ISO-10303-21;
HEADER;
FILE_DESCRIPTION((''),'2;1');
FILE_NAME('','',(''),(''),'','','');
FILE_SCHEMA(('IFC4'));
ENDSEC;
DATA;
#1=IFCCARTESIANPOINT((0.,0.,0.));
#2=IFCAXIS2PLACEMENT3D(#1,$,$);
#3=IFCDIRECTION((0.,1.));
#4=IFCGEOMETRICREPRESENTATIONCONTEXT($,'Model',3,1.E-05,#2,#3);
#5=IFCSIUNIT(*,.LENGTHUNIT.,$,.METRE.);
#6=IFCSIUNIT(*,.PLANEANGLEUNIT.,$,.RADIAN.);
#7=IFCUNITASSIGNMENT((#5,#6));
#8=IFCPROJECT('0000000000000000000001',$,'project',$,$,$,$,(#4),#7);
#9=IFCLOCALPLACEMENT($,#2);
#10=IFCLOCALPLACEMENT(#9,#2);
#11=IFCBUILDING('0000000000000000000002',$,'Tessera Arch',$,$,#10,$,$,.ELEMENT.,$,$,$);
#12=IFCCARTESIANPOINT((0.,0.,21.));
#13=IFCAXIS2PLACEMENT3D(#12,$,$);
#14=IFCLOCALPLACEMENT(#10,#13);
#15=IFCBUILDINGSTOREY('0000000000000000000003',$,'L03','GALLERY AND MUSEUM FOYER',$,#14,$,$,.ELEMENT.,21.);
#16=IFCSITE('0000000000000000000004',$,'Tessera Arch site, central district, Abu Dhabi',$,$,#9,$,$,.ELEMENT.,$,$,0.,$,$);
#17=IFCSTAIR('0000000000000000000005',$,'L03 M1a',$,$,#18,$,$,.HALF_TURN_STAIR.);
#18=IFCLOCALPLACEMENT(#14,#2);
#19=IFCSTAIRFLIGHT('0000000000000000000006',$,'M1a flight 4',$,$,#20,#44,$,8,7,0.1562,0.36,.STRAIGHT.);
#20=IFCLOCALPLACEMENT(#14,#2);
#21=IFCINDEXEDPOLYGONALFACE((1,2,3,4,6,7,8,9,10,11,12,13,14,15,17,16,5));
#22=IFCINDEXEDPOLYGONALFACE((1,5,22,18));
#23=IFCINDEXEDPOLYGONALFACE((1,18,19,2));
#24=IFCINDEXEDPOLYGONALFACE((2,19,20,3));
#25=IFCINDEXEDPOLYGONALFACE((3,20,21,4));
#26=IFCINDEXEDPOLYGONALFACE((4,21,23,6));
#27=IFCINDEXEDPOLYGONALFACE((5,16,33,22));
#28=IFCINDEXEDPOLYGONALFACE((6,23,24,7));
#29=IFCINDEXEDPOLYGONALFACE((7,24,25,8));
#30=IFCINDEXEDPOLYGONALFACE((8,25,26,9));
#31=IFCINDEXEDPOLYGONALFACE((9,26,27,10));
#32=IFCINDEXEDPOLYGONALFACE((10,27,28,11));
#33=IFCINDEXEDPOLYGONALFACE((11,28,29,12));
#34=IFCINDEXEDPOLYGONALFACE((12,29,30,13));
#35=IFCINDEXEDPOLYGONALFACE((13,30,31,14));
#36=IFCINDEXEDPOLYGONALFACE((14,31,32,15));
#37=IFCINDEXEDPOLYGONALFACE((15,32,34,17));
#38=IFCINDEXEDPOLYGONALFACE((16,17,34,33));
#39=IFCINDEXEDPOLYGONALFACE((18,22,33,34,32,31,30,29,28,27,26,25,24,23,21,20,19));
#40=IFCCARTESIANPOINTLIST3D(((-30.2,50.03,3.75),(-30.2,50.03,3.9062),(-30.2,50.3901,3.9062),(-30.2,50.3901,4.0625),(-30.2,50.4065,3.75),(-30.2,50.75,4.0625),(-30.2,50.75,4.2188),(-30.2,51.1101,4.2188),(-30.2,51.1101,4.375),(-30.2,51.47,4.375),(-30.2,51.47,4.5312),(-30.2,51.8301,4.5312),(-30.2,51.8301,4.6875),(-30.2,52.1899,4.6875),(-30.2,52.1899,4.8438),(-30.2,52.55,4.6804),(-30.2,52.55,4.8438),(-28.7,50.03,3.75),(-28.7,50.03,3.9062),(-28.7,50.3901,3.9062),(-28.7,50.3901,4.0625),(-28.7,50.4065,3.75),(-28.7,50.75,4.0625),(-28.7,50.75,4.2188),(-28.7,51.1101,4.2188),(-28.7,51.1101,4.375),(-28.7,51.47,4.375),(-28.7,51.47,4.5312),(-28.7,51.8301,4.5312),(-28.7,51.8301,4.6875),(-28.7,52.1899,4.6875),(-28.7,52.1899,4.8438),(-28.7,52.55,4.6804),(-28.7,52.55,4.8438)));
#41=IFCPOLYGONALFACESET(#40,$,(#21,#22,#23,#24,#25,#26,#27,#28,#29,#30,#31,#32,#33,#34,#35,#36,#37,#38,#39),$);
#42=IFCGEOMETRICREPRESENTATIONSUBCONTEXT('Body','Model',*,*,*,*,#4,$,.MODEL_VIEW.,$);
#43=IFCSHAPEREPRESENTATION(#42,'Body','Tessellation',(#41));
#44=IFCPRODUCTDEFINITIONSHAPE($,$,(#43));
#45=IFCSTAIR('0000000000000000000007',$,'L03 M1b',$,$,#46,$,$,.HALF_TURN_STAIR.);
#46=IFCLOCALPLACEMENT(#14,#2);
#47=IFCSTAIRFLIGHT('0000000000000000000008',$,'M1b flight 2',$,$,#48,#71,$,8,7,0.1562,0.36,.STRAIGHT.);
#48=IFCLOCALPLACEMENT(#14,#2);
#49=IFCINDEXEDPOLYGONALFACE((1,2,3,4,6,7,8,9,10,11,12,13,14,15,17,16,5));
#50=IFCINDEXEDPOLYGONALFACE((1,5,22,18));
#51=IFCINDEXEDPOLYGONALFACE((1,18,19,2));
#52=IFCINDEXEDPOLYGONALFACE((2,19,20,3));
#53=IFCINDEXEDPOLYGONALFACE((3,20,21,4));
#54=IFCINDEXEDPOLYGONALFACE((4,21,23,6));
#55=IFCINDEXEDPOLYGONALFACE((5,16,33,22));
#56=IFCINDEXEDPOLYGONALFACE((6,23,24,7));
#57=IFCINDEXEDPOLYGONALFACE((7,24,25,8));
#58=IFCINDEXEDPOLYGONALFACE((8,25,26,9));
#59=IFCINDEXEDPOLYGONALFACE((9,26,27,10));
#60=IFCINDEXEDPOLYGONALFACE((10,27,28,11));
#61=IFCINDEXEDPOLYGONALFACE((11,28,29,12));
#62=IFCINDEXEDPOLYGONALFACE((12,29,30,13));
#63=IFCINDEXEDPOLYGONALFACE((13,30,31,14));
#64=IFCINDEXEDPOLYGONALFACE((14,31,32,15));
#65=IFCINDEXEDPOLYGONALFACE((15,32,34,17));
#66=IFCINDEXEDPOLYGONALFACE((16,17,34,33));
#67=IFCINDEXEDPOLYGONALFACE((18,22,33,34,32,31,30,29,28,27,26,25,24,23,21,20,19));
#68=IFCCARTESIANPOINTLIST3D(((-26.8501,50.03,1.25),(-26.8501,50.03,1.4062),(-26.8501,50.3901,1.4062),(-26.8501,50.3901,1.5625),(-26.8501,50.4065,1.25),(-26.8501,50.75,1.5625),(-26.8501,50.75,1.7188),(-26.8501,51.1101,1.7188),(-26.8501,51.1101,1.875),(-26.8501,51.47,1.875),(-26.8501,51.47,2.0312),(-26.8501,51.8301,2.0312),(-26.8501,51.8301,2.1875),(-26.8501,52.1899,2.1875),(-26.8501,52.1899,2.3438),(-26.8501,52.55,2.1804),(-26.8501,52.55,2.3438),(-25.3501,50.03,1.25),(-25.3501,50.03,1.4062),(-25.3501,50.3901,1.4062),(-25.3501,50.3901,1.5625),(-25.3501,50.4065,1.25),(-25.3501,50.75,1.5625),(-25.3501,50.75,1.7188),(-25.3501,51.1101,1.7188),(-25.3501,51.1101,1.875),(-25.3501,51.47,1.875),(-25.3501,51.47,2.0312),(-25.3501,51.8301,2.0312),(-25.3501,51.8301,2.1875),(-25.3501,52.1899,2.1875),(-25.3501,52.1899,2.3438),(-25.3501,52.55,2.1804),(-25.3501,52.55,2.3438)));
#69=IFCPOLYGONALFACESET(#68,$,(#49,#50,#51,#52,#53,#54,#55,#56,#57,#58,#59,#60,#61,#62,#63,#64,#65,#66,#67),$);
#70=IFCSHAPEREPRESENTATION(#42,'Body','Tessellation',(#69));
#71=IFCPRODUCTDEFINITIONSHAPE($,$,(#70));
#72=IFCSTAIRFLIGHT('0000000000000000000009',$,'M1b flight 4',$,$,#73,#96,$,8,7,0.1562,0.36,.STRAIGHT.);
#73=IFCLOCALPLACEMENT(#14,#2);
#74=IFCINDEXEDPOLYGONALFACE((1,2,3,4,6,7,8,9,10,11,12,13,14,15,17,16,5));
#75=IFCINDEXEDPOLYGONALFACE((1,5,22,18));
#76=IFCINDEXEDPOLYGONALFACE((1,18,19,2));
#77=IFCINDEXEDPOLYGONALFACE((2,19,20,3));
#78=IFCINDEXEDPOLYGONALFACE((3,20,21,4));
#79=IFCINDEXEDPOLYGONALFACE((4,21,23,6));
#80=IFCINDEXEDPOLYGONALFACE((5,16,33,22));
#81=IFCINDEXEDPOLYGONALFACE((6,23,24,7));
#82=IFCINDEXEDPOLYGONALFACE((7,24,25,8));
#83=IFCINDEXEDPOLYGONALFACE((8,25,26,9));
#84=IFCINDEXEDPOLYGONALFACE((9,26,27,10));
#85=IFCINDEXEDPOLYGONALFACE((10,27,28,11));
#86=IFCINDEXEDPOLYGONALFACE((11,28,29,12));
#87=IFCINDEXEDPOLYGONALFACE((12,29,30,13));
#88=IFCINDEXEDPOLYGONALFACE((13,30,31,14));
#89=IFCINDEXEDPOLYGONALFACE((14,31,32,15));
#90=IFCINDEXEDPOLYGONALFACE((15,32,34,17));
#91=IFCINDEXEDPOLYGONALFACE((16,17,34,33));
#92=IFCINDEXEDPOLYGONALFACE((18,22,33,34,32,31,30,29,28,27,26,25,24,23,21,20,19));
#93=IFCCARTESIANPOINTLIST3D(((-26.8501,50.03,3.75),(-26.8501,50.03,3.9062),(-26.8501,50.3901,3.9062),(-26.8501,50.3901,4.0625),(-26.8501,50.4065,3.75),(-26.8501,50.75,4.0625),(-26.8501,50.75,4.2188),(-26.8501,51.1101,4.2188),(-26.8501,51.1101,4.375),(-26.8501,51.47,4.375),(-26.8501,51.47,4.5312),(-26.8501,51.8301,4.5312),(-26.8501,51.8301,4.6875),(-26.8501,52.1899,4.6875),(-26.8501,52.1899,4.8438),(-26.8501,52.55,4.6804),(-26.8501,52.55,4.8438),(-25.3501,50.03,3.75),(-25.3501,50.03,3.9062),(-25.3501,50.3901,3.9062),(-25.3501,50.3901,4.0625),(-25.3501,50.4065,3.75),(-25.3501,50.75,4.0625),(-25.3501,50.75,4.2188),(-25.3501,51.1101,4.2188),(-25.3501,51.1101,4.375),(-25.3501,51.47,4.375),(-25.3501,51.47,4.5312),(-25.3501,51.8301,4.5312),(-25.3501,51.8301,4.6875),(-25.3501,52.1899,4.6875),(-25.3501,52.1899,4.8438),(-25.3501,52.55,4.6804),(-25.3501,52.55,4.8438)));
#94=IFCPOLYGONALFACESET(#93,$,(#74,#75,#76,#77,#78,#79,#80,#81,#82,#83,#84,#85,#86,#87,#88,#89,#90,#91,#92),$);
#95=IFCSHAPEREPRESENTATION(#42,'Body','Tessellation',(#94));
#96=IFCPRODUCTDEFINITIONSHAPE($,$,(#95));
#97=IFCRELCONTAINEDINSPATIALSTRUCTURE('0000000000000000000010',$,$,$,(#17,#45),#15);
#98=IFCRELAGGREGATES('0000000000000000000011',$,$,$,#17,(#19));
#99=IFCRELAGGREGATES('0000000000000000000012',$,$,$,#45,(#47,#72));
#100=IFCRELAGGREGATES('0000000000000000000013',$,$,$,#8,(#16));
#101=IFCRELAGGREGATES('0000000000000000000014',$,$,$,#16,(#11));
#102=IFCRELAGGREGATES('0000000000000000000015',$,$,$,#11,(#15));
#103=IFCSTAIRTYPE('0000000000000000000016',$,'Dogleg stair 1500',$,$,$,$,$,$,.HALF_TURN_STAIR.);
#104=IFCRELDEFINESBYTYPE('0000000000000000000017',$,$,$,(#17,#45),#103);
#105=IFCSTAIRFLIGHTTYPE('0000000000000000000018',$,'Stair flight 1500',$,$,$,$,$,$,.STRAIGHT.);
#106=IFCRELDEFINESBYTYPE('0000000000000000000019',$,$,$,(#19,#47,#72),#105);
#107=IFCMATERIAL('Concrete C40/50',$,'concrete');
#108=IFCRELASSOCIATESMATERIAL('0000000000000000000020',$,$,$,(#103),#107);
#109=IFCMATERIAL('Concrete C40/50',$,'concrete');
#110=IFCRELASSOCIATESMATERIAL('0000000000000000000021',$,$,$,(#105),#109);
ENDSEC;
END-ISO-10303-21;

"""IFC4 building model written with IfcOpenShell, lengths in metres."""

from ifc_helpers import new_model, si_unit, direction, frame, origin, place, context, subcontext, project, spatial, polyline, outline, extrude, material, type_object, element, aggregate, save


model = new_model("IFC4")

# Units and contexts
model_context = context("Model", 3, precision=1e-05, world=origin(), true_north=direction((0.0, 1.0)))
body_context = subcontext(model_context, "Body", "Model", "MODEL_VIEW")
ifc_project = project(units=[si_unit("LENGTHUNIT", "METRE"), si_unit("PLANEANGLEUNIT", "RADIAN")], contexts=[model_context])

# Site, building, storey
site_placement = place(None, origin())
site = spatial("IfcSite", under=ifc_project, at=site_placement, Name="Tessera Arch site, central district, Abu Dhabi", CompositionType="ELEMENT", RefElevation=0.0)
building_placement = place(site_placement, origin())
building = spatial("IfcBuilding", under=site, at=building_placement, Name="Tessera Arch", CompositionType="ELEMENT")
storey_placement = place(building_placement, frame((0.0, 0.0, 21.0)))
storey = spatial("IfcBuildingStorey", under=building, at=storey_placement, Name="L03", Description="GALLERY AND MUSEUM FOYER", CompositionType="ELEMENT", Elevation=21.0)

# Stairs, stair flights
ifc_material_1 = material(Name="Concrete C40/50", Category="concrete")
stair_type = type_object("IfcStairType", Name="Dogleg stair 1500", PredefinedType="HALF_TURN_STAIR", material=ifc_material_1)
stair_1_placement = place(storey_placement, origin())
stair_1 = element("IfcStair", 1, at=stair_1_placement, inside=storey, type_object=stair_type, Name="L03 M1a", PredefinedType="HALF_TURN_STAIR")
ifc_material_2 = material(Name="Concrete C40/50", Category="concrete")
stair_flight_type = type_object("IfcStairFlightType", Name="Stair flight 1500", PredefinedType="STRAIGHT", material=ifc_material_2)
stair_flight_1_placement = place(storey_placement, frame((-29.45, 50.03, 3.75), z_axis=(0.0, 0.0, 1.0), x_axis=(0.0, 1.0, 0.0)))
stair_flight_1 = element("IfcStairFlight", 2, at=stair_flight_1_placement, type_object=stair_flight_type, Name="M1a flight 4", NumberOfRisers=8, NumberOfTreads=7, PredefinedType="STRAIGHT", RiserHeight=0.1562, TreadLength=0.36, context=body_context, shape_type="SweptSolid", body=[
    extrude(outline(polyline([(0.0, 0.0), (0.0, 0.1562), (0.3601, 0.1562), (0.3601, 0.3125), (0.72, 0.3125), (0.72, 0.4688), (1.0801, 0.4688), (1.0801, 0.625), (1.4399, 0.625), (1.4399, 0.7812), (1.8, 0.7812), (1.8, 0.9375), (2.1599, 0.9375), (2.1599, 1.0938), (2.52, 1.0938), (2.52, 1.25), (2.52, 0.9304), (0.3765, 0.0), (0.0, 0.0)])), frame((0.0, 0.75, 0.0), z_axis=(0.0, -1.0, 0.0), x_axis=(1.0, 0.0, 0.0)), (0.0, 0.0, 1.0), 1.5),
])
aggregate(stair_1, [stair_flight_1])
stair_2_placement = place(storey_placement, origin())
stair_2 = element("IfcStair", 3, at=stair_2_placement, inside=storey, type_object=stair_type, Name="L03 M1b", PredefinedType="HALF_TURN_STAIR")
stair_flight_2_placement = place(storey_placement, frame((-26.1001, 50.03, 1.25), z_axis=(0.0, 0.0, 1.0), x_axis=(0.0, 1.0, 0.0)))
stair_flight_2 = element("IfcStairFlight", 4, at=stair_flight_2_placement, type_object=stair_flight_type, Name="M1b flight 2", NumberOfRisers=8, NumberOfTreads=7, PredefinedType="STRAIGHT", RiserHeight=0.1562, TreadLength=0.36, context=body_context, shape_type="SweptSolid", body=[
    extrude(outline(polyline([(0.0, 0.0), (0.0, 0.1562), (0.3601, 0.1562), (0.3601, 0.3125), (0.72, 0.3125), (0.72, 0.4688), (1.0801, 0.4688), (1.0801, 0.625), (1.4399, 0.625), (1.4399, 0.7812), (1.8, 0.7812), (1.8, 0.9375), (2.1599, 0.9375), (2.1599, 1.0938), (2.52, 1.0938), (2.52, 1.25), (2.52, 0.9304), (0.3765, 0.0), (0.0, 0.0)])), frame((0.0, 0.75, 0.0), z_axis=(0.0, -1.0, 0.0), x_axis=(1.0, 0.0, 0.0)), (0.0, 0.0, 1.0), 1.5),
])
stair_flight_3_placement = place(storey_placement, frame((-26.1001, 50.03, 3.75), z_axis=(0.0, 0.0, 1.0), x_axis=(0.0, 1.0, 0.0)))
stair_flight_3 = element("IfcStairFlight", 5, at=stair_flight_3_placement, type_object=stair_flight_type, Name="M1b flight 4", NumberOfRisers=8, NumberOfTreads=7, PredefinedType="STRAIGHT", RiserHeight=0.1562, TreadLength=0.36, context=body_context, shape_type="SweptSolid", body=[
    extrude(outline(polyline([(0.0, 0.0), (0.0, 0.1562), (0.3601, 0.1562), (0.3601, 0.3125), (0.72, 0.3125), (0.72, 0.4688), (1.0801, 0.4688), (1.0801, 0.625), (1.4399, 0.625), (1.4399, 0.7812), (1.8, 0.7812), (1.8, 0.9375), (2.1599, 0.9375), (2.1599, 1.0938), (2.52, 1.0938), (2.52, 1.25), (2.52, 0.9304), (0.3765, 0.0), (0.0, 0.0)])), frame((0.0, 0.75, 0.0), z_axis=(0.0, -1.0, 0.0), x_axis=(1.0, 0.0, 0.0)), (0.0, 0.0, 1.0), 1.5),
])
aggregate(stair_2, [stair_flight_2, stair_flight_3])

save(model, "model.ifc")
